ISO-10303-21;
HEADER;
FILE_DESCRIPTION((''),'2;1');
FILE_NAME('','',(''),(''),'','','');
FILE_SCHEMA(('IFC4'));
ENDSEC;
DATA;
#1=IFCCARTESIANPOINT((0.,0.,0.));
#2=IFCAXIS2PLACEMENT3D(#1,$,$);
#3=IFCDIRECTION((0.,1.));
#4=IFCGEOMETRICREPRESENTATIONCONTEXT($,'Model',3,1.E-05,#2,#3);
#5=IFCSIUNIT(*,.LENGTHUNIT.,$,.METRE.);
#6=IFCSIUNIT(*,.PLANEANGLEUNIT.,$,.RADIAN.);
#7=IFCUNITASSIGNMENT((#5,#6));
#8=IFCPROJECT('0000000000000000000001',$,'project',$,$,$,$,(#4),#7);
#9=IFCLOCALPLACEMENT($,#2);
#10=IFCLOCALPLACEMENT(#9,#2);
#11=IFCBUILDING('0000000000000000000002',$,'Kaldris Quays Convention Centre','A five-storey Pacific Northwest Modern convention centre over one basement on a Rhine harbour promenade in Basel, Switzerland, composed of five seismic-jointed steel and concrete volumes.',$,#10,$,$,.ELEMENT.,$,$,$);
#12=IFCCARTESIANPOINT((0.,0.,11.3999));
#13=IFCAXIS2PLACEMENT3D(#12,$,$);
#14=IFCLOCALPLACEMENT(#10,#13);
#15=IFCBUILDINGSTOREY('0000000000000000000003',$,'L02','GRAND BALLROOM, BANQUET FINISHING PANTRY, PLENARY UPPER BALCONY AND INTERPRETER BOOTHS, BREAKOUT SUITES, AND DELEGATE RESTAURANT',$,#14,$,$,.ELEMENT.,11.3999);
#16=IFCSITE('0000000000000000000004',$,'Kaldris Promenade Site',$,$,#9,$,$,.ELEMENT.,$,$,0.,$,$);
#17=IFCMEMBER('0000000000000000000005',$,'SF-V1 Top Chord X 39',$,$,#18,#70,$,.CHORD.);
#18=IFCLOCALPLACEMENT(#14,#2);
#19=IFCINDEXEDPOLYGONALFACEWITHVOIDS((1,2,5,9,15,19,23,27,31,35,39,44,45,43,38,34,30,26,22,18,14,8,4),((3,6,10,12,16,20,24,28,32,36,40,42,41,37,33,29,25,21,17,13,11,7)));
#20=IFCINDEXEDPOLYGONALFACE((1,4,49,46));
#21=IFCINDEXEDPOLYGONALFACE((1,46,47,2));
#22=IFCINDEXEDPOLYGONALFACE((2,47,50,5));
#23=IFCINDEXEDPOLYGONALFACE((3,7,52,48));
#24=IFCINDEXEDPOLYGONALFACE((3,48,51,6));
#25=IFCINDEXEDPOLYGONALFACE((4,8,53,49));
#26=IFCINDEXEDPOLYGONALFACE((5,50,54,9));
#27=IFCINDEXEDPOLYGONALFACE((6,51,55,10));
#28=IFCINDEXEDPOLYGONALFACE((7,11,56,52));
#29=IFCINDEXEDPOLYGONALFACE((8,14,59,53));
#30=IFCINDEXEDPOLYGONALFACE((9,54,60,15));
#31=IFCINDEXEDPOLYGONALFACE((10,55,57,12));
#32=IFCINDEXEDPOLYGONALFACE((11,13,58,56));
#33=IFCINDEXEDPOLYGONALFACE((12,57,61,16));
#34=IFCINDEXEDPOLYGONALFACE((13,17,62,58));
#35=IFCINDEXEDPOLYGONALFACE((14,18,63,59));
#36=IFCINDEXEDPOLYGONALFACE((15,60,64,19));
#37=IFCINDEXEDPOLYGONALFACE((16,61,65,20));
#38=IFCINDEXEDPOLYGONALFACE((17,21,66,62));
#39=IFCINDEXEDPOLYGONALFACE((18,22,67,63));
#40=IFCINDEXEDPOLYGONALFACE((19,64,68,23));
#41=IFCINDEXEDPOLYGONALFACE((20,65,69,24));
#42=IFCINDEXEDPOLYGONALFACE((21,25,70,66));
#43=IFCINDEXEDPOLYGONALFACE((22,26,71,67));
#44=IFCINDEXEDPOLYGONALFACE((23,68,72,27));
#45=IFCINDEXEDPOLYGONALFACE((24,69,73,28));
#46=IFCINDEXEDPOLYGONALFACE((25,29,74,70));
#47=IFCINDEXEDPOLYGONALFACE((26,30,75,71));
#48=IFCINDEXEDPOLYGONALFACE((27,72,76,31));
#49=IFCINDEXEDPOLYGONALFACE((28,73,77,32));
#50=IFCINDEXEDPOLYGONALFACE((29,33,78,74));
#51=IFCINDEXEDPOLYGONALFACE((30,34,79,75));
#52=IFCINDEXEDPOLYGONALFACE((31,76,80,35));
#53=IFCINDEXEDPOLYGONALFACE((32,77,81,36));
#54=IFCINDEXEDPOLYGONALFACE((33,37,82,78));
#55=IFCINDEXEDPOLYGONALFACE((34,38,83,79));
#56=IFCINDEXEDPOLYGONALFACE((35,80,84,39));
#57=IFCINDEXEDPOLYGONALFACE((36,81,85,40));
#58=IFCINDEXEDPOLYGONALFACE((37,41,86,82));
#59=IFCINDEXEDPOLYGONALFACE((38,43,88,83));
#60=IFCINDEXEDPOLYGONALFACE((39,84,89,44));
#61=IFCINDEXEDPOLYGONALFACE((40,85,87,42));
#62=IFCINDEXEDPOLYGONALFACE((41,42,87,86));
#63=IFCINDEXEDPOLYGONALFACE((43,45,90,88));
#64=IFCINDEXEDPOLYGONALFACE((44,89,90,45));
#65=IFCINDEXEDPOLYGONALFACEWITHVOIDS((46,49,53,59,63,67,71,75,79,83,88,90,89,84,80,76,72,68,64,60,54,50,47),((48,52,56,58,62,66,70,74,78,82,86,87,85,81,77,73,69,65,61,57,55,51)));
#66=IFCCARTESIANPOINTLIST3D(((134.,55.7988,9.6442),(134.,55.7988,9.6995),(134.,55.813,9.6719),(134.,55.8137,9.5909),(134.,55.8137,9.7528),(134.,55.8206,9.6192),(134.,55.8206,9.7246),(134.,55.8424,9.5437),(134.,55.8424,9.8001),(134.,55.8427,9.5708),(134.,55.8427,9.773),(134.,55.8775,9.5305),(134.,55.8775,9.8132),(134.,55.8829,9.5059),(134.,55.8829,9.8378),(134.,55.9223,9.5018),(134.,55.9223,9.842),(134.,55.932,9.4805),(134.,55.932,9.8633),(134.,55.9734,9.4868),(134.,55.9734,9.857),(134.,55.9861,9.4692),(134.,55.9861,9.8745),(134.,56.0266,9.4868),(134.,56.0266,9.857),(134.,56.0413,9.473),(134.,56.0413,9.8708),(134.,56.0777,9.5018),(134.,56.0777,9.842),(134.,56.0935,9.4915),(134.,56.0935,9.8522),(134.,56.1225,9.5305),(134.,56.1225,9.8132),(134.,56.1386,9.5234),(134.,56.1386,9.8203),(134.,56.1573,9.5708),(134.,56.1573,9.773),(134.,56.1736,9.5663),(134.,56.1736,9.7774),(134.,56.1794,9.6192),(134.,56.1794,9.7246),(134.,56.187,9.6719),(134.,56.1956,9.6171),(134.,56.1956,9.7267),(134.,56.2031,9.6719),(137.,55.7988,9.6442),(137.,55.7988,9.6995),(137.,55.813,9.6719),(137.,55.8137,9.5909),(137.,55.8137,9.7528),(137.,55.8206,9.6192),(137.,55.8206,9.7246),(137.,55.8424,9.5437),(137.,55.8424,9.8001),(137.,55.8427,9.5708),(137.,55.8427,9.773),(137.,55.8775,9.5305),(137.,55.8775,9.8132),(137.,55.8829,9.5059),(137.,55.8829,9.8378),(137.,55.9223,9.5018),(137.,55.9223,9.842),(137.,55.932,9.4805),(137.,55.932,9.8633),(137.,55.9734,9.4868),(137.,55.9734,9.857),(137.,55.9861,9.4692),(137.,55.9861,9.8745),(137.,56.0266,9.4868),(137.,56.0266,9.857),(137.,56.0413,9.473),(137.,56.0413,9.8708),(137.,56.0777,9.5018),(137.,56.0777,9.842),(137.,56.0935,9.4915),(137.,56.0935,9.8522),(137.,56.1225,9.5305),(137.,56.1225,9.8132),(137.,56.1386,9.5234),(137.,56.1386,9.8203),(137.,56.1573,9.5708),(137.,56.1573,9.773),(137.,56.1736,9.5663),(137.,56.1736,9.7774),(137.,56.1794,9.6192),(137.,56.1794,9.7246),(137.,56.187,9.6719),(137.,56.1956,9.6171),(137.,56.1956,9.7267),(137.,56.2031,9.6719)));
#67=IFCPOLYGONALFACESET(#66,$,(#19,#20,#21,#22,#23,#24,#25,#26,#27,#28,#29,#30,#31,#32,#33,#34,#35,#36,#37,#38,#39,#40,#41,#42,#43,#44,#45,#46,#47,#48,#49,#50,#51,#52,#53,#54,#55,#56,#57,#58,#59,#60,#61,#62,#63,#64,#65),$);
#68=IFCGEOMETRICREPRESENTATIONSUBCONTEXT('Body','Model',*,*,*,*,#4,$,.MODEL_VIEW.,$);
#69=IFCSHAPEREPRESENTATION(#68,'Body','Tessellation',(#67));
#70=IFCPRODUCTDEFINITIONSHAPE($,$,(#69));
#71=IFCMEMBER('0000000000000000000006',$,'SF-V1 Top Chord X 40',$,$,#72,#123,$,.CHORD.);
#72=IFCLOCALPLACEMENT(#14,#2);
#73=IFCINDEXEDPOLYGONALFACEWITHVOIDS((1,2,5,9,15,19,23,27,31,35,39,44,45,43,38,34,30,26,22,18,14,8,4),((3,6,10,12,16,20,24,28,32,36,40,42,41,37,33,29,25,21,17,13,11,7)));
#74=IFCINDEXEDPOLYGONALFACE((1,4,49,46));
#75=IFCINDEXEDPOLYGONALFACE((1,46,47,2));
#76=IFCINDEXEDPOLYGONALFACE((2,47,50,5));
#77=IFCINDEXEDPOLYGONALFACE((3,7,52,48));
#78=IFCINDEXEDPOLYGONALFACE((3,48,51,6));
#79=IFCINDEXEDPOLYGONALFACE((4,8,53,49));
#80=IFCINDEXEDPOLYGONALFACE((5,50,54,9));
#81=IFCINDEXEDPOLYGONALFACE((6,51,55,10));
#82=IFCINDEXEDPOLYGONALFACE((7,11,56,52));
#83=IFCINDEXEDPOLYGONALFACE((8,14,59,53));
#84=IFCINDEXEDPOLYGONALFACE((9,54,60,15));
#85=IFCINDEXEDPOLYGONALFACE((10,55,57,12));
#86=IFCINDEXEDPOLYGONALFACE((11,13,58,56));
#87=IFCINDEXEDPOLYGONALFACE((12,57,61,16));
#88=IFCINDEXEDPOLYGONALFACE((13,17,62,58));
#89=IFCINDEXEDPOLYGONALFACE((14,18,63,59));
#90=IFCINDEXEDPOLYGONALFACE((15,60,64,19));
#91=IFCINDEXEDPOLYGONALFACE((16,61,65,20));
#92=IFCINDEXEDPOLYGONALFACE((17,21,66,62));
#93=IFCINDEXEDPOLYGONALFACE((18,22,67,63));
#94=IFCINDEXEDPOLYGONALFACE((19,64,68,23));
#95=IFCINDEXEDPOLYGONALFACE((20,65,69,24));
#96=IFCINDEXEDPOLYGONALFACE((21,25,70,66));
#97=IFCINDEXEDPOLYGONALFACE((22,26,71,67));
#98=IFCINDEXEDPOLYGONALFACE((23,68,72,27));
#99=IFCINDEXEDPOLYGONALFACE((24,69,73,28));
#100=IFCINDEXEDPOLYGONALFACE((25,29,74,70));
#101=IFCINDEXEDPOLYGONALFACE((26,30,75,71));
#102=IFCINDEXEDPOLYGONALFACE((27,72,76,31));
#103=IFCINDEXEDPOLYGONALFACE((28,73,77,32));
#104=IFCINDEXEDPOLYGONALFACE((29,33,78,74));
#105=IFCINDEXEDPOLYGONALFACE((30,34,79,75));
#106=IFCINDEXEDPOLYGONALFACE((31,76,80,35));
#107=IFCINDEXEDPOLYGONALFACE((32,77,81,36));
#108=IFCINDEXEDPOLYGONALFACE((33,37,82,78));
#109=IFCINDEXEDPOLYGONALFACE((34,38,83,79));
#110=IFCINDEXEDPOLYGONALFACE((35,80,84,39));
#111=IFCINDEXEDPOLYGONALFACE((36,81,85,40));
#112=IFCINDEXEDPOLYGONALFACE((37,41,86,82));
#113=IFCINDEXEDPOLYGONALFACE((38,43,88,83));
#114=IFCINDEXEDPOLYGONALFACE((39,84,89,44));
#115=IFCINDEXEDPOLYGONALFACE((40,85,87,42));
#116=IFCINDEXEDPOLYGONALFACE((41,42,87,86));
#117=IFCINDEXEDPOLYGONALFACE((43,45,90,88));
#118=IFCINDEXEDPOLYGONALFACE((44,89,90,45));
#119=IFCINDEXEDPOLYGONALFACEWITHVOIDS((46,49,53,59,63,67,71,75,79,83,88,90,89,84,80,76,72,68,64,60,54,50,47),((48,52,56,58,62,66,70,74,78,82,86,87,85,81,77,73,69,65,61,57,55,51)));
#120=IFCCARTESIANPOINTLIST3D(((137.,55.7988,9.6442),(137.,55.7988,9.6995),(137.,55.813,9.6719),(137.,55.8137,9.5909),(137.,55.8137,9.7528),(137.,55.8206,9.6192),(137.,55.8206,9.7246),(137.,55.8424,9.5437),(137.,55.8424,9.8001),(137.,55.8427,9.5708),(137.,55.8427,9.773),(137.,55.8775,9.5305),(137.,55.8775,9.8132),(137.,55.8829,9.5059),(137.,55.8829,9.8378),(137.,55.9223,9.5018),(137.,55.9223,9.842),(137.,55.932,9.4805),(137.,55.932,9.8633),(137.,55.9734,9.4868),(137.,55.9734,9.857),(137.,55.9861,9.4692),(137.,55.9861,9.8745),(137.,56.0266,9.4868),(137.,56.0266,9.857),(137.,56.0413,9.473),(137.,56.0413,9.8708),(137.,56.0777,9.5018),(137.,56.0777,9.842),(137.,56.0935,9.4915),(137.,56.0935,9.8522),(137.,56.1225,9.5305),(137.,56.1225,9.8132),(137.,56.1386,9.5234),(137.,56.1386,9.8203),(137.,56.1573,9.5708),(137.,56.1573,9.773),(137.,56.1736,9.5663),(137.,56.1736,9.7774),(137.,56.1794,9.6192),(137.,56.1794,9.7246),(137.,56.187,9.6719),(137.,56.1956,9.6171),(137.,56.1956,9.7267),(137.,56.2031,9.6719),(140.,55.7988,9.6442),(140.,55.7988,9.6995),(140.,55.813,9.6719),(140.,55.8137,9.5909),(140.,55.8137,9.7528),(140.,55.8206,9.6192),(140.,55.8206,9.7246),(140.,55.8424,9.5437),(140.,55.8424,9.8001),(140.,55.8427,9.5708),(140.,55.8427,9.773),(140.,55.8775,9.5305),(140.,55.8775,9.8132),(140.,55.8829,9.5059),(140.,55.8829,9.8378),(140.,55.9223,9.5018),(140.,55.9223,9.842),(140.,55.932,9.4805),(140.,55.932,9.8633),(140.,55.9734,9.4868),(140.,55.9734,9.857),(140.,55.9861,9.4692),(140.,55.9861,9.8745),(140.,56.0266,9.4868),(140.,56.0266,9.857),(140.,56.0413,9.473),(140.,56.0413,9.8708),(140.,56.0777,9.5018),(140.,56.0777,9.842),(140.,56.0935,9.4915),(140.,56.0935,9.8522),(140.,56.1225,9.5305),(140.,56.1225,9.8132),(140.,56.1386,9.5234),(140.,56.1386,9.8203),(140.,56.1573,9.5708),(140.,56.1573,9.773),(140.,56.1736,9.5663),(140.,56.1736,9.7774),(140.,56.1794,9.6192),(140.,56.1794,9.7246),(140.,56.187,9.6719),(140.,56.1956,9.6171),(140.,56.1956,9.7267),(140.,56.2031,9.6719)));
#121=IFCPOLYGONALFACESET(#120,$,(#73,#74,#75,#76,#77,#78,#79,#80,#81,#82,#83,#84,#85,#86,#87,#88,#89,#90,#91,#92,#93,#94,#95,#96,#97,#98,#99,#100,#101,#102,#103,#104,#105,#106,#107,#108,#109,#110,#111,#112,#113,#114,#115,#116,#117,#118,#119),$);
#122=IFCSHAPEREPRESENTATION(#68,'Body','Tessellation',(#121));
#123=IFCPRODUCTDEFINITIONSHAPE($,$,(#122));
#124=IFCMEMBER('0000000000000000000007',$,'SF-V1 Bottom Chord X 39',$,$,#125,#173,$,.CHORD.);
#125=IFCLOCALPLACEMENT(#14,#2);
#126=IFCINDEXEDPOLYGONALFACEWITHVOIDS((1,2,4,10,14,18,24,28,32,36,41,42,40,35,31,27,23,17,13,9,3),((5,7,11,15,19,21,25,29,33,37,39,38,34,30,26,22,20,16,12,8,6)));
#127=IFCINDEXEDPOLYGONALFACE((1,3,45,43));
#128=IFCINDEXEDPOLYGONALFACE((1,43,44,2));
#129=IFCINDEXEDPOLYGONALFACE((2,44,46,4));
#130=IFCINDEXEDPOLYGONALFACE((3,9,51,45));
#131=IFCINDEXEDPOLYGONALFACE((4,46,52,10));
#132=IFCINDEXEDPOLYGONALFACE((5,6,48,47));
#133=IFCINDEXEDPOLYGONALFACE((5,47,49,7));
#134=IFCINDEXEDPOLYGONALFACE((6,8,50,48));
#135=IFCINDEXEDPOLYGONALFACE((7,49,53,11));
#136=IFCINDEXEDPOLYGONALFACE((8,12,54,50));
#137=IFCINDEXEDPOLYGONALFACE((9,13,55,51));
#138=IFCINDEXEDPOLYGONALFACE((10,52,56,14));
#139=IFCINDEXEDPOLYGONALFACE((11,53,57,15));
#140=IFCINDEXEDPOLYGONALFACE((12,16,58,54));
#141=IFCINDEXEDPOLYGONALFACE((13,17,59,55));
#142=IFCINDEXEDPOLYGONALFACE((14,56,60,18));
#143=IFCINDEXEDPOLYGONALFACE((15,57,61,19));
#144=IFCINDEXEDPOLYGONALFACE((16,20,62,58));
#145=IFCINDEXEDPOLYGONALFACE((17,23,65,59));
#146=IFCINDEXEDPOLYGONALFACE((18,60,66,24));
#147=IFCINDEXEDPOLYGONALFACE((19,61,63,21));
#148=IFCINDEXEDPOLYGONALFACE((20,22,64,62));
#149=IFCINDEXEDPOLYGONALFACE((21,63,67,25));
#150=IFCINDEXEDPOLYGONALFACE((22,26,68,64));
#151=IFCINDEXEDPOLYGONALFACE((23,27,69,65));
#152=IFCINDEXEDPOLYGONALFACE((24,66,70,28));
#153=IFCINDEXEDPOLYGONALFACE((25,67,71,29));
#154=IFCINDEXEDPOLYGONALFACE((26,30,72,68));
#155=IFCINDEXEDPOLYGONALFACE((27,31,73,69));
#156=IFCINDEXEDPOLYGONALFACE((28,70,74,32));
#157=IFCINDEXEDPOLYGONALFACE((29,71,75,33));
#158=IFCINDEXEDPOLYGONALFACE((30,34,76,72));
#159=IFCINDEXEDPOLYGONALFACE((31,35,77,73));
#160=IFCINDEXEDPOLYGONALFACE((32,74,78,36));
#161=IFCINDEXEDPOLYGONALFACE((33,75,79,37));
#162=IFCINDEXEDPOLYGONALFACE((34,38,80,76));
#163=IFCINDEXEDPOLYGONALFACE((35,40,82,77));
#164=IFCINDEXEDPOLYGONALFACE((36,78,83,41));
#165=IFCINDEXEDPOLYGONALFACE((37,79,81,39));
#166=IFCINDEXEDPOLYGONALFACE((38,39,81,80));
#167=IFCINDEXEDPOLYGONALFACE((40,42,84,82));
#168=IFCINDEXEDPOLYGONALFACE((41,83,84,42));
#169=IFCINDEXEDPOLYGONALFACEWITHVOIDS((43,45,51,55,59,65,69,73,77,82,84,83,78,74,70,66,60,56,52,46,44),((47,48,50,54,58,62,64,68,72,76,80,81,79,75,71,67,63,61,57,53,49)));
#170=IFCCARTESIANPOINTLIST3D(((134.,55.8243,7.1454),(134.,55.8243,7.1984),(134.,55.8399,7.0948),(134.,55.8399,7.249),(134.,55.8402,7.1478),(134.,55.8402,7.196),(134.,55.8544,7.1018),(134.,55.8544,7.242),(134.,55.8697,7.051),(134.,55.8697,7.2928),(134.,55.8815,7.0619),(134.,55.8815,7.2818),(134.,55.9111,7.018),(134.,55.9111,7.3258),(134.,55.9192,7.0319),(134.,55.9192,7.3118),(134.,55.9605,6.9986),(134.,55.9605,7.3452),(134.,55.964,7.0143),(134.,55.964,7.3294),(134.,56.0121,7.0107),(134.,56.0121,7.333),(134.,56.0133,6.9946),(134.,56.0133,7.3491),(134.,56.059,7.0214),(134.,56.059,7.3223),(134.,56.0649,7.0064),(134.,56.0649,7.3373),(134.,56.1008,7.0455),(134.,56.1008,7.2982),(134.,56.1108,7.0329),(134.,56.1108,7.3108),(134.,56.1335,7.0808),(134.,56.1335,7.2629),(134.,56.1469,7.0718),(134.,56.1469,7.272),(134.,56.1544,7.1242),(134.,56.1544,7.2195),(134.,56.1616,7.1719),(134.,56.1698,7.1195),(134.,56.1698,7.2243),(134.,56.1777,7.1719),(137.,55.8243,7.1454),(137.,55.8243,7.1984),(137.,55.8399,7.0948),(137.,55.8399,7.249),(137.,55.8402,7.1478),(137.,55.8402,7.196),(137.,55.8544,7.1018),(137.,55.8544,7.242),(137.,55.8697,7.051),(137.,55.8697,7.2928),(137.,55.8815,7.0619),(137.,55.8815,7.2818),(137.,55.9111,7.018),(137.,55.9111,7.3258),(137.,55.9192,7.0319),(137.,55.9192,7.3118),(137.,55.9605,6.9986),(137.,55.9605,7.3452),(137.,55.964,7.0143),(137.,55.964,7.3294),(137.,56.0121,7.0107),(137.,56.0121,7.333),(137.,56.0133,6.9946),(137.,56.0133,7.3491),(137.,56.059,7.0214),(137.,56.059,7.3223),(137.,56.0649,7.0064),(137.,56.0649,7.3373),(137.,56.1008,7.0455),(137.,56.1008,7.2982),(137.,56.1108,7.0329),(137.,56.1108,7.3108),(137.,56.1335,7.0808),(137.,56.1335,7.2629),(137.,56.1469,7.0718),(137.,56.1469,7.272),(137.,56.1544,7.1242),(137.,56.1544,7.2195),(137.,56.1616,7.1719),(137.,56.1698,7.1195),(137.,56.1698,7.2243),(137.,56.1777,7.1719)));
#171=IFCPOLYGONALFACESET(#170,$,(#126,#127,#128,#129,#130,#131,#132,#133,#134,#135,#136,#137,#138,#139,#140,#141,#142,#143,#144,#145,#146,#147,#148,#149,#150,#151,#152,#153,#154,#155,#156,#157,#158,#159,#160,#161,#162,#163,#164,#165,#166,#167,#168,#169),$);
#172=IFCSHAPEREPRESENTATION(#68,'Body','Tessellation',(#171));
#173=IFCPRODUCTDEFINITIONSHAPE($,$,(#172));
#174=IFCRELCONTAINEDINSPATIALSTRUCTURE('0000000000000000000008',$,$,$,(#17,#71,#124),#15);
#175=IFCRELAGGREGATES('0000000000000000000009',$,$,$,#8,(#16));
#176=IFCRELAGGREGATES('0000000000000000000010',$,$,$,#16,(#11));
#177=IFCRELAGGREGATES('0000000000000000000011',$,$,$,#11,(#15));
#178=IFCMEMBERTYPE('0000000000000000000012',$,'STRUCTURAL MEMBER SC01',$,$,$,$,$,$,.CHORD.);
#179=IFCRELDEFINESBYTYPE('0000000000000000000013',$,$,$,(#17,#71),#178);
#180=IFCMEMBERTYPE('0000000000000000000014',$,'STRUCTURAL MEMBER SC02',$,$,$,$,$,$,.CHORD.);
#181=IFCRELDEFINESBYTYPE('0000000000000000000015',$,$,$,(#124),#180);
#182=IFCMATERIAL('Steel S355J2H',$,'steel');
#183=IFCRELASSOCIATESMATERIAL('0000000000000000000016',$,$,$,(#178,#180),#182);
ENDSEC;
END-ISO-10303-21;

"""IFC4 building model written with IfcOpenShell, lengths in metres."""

from ifc_helpers import new_model, si_unit, direction, frame, origin, origin_2d, place, context, subcontext, project, spatial, hollow_circle, extrude, material, material_profile, profile_set, type_object, element, save


model = new_model("IFC4")

# Units and contexts
model_context = context("Model", 3, precision=1e-05, world=origin(), true_north=direction((0.0, 1.0)))
body_context = subcontext(model_context, "Body", "Model", "MODEL_VIEW")
ifc_project = project(units=[si_unit("LENGTHUNIT", "METRE"), si_unit("PLANEANGLEUNIT", "RADIAN")], contexts=[model_context])

# Site, building, storey
site_placement = place(None, origin())
site = spatial("IfcSite", under=ifc_project, at=site_placement, Name="Kaldris Promenade Site", CompositionType="ELEMENT", RefElevation=0.0)
building_placement = place(site_placement, origin())
building = spatial("IfcBuilding", under=site, at=building_placement, Name="Kaldris Quays Convention Centre", Description="A five-storey Pacific Northwest Modern convention centre over one basement on a Rhine harbour promenade in Basel, Switzerland, composed of five seismic-jointed steel and concrete volumes.", CompositionType="ELEMENT")
storey_placement = place(building_placement, frame((0.0, 0.0, 11.3999)))
storey = spatial("IfcBuildingStorey", under=building, at=storey_placement, Name="L02", Description="GRAND BALLROOM, BANQUET FINISHING PANTRY, PLENARY UPPER BALCONY AND INTERPRETER BOOTHS, BREAKOUT SUITES, AND DELEGATE RESTAURANT", CompositionType="ELEMENT", Elevation=11.3999)

# Members
ifc_material_1 = material(Name="Steel S355J2H", Category="steel")
ifc_material_profile_1 = material_profile(ifc_material_1, hollow_circle(Radius=0.2031, WallThickness=0.0161, at=origin_2d()), Name="CHS 406.4x16")
ifc_profile_set_1 = profile_set([ifc_material_profile_1], Name="Steel S355J2H")
member_type_1 = type_object("IfcMemberType", Name="STRUCTURAL MEMBER SC01", PredefinedType="CHORD", material=ifc_profile_set_1)
for number, where, z_axis, x_axis, name in (
    (1, (134.0, 56.0, 9.6719), (1.0, 0.0, 0.0), (0.0, 1.0, 0.0), "SF-V1 Top Chord X 39"),
    (2, (137.0, 56.0, 9.6719), (1.0, 0.0, 0.0), (0.0, 1.0, 0.0), "SF-V1 Top Chord X 40"),
):
    element("IfcMember", number, at=place(storey_placement, frame(where, z_axis=z_axis, x_axis=x_axis)), inside=storey, type_object=member_type_1, Name=name, PredefinedType="CHORD", context=body_context, shape_type="SweptSolid", body=[
        extrude(hollow_circle(Radius=0.2031, WallThickness=0.0161, at=origin_2d()), origin(), (0.0, 0.0, 1.0), 3.0),
    ])
ifc_material_profile_2 = material_profile(ifc_material_1, hollow_circle(Radius=0.1777, WallThickness=0.0161, at=origin_2d()), Name="CHS 355.6x16")
ifc_profile_set_2 = profile_set([ifc_material_profile_2], Name="Steel S355J2H")
member_type_2 = type_object("IfcMemberType", Name="STRUCTURAL MEMBER SC02", PredefinedType="CHORD", material=ifc_profile_set_2)
for number, where, z_axis, x_axis, name in (
    (3, (134.0, 56.0, 7.1719), (1.0, 0.0, 0.0), (0.0, 1.0, 0.0), "SF-V1 Bottom Chord X 39"),
):
    element("IfcMember", number, at=place(storey_placement, frame(where, z_axis=z_axis, x_axis=x_axis)), inside=storey, type_object=member_type_2, Name=name, PredefinedType="CHORD", context=body_context, shape_type="SweptSolid", body=[
        extrude(hollow_circle(Radius=0.1777, WallThickness=0.0161, at=origin_2d()), origin(), (0.0, 0.0, 1.0), 3.0),
    ])

save(model, "model.ifc")
